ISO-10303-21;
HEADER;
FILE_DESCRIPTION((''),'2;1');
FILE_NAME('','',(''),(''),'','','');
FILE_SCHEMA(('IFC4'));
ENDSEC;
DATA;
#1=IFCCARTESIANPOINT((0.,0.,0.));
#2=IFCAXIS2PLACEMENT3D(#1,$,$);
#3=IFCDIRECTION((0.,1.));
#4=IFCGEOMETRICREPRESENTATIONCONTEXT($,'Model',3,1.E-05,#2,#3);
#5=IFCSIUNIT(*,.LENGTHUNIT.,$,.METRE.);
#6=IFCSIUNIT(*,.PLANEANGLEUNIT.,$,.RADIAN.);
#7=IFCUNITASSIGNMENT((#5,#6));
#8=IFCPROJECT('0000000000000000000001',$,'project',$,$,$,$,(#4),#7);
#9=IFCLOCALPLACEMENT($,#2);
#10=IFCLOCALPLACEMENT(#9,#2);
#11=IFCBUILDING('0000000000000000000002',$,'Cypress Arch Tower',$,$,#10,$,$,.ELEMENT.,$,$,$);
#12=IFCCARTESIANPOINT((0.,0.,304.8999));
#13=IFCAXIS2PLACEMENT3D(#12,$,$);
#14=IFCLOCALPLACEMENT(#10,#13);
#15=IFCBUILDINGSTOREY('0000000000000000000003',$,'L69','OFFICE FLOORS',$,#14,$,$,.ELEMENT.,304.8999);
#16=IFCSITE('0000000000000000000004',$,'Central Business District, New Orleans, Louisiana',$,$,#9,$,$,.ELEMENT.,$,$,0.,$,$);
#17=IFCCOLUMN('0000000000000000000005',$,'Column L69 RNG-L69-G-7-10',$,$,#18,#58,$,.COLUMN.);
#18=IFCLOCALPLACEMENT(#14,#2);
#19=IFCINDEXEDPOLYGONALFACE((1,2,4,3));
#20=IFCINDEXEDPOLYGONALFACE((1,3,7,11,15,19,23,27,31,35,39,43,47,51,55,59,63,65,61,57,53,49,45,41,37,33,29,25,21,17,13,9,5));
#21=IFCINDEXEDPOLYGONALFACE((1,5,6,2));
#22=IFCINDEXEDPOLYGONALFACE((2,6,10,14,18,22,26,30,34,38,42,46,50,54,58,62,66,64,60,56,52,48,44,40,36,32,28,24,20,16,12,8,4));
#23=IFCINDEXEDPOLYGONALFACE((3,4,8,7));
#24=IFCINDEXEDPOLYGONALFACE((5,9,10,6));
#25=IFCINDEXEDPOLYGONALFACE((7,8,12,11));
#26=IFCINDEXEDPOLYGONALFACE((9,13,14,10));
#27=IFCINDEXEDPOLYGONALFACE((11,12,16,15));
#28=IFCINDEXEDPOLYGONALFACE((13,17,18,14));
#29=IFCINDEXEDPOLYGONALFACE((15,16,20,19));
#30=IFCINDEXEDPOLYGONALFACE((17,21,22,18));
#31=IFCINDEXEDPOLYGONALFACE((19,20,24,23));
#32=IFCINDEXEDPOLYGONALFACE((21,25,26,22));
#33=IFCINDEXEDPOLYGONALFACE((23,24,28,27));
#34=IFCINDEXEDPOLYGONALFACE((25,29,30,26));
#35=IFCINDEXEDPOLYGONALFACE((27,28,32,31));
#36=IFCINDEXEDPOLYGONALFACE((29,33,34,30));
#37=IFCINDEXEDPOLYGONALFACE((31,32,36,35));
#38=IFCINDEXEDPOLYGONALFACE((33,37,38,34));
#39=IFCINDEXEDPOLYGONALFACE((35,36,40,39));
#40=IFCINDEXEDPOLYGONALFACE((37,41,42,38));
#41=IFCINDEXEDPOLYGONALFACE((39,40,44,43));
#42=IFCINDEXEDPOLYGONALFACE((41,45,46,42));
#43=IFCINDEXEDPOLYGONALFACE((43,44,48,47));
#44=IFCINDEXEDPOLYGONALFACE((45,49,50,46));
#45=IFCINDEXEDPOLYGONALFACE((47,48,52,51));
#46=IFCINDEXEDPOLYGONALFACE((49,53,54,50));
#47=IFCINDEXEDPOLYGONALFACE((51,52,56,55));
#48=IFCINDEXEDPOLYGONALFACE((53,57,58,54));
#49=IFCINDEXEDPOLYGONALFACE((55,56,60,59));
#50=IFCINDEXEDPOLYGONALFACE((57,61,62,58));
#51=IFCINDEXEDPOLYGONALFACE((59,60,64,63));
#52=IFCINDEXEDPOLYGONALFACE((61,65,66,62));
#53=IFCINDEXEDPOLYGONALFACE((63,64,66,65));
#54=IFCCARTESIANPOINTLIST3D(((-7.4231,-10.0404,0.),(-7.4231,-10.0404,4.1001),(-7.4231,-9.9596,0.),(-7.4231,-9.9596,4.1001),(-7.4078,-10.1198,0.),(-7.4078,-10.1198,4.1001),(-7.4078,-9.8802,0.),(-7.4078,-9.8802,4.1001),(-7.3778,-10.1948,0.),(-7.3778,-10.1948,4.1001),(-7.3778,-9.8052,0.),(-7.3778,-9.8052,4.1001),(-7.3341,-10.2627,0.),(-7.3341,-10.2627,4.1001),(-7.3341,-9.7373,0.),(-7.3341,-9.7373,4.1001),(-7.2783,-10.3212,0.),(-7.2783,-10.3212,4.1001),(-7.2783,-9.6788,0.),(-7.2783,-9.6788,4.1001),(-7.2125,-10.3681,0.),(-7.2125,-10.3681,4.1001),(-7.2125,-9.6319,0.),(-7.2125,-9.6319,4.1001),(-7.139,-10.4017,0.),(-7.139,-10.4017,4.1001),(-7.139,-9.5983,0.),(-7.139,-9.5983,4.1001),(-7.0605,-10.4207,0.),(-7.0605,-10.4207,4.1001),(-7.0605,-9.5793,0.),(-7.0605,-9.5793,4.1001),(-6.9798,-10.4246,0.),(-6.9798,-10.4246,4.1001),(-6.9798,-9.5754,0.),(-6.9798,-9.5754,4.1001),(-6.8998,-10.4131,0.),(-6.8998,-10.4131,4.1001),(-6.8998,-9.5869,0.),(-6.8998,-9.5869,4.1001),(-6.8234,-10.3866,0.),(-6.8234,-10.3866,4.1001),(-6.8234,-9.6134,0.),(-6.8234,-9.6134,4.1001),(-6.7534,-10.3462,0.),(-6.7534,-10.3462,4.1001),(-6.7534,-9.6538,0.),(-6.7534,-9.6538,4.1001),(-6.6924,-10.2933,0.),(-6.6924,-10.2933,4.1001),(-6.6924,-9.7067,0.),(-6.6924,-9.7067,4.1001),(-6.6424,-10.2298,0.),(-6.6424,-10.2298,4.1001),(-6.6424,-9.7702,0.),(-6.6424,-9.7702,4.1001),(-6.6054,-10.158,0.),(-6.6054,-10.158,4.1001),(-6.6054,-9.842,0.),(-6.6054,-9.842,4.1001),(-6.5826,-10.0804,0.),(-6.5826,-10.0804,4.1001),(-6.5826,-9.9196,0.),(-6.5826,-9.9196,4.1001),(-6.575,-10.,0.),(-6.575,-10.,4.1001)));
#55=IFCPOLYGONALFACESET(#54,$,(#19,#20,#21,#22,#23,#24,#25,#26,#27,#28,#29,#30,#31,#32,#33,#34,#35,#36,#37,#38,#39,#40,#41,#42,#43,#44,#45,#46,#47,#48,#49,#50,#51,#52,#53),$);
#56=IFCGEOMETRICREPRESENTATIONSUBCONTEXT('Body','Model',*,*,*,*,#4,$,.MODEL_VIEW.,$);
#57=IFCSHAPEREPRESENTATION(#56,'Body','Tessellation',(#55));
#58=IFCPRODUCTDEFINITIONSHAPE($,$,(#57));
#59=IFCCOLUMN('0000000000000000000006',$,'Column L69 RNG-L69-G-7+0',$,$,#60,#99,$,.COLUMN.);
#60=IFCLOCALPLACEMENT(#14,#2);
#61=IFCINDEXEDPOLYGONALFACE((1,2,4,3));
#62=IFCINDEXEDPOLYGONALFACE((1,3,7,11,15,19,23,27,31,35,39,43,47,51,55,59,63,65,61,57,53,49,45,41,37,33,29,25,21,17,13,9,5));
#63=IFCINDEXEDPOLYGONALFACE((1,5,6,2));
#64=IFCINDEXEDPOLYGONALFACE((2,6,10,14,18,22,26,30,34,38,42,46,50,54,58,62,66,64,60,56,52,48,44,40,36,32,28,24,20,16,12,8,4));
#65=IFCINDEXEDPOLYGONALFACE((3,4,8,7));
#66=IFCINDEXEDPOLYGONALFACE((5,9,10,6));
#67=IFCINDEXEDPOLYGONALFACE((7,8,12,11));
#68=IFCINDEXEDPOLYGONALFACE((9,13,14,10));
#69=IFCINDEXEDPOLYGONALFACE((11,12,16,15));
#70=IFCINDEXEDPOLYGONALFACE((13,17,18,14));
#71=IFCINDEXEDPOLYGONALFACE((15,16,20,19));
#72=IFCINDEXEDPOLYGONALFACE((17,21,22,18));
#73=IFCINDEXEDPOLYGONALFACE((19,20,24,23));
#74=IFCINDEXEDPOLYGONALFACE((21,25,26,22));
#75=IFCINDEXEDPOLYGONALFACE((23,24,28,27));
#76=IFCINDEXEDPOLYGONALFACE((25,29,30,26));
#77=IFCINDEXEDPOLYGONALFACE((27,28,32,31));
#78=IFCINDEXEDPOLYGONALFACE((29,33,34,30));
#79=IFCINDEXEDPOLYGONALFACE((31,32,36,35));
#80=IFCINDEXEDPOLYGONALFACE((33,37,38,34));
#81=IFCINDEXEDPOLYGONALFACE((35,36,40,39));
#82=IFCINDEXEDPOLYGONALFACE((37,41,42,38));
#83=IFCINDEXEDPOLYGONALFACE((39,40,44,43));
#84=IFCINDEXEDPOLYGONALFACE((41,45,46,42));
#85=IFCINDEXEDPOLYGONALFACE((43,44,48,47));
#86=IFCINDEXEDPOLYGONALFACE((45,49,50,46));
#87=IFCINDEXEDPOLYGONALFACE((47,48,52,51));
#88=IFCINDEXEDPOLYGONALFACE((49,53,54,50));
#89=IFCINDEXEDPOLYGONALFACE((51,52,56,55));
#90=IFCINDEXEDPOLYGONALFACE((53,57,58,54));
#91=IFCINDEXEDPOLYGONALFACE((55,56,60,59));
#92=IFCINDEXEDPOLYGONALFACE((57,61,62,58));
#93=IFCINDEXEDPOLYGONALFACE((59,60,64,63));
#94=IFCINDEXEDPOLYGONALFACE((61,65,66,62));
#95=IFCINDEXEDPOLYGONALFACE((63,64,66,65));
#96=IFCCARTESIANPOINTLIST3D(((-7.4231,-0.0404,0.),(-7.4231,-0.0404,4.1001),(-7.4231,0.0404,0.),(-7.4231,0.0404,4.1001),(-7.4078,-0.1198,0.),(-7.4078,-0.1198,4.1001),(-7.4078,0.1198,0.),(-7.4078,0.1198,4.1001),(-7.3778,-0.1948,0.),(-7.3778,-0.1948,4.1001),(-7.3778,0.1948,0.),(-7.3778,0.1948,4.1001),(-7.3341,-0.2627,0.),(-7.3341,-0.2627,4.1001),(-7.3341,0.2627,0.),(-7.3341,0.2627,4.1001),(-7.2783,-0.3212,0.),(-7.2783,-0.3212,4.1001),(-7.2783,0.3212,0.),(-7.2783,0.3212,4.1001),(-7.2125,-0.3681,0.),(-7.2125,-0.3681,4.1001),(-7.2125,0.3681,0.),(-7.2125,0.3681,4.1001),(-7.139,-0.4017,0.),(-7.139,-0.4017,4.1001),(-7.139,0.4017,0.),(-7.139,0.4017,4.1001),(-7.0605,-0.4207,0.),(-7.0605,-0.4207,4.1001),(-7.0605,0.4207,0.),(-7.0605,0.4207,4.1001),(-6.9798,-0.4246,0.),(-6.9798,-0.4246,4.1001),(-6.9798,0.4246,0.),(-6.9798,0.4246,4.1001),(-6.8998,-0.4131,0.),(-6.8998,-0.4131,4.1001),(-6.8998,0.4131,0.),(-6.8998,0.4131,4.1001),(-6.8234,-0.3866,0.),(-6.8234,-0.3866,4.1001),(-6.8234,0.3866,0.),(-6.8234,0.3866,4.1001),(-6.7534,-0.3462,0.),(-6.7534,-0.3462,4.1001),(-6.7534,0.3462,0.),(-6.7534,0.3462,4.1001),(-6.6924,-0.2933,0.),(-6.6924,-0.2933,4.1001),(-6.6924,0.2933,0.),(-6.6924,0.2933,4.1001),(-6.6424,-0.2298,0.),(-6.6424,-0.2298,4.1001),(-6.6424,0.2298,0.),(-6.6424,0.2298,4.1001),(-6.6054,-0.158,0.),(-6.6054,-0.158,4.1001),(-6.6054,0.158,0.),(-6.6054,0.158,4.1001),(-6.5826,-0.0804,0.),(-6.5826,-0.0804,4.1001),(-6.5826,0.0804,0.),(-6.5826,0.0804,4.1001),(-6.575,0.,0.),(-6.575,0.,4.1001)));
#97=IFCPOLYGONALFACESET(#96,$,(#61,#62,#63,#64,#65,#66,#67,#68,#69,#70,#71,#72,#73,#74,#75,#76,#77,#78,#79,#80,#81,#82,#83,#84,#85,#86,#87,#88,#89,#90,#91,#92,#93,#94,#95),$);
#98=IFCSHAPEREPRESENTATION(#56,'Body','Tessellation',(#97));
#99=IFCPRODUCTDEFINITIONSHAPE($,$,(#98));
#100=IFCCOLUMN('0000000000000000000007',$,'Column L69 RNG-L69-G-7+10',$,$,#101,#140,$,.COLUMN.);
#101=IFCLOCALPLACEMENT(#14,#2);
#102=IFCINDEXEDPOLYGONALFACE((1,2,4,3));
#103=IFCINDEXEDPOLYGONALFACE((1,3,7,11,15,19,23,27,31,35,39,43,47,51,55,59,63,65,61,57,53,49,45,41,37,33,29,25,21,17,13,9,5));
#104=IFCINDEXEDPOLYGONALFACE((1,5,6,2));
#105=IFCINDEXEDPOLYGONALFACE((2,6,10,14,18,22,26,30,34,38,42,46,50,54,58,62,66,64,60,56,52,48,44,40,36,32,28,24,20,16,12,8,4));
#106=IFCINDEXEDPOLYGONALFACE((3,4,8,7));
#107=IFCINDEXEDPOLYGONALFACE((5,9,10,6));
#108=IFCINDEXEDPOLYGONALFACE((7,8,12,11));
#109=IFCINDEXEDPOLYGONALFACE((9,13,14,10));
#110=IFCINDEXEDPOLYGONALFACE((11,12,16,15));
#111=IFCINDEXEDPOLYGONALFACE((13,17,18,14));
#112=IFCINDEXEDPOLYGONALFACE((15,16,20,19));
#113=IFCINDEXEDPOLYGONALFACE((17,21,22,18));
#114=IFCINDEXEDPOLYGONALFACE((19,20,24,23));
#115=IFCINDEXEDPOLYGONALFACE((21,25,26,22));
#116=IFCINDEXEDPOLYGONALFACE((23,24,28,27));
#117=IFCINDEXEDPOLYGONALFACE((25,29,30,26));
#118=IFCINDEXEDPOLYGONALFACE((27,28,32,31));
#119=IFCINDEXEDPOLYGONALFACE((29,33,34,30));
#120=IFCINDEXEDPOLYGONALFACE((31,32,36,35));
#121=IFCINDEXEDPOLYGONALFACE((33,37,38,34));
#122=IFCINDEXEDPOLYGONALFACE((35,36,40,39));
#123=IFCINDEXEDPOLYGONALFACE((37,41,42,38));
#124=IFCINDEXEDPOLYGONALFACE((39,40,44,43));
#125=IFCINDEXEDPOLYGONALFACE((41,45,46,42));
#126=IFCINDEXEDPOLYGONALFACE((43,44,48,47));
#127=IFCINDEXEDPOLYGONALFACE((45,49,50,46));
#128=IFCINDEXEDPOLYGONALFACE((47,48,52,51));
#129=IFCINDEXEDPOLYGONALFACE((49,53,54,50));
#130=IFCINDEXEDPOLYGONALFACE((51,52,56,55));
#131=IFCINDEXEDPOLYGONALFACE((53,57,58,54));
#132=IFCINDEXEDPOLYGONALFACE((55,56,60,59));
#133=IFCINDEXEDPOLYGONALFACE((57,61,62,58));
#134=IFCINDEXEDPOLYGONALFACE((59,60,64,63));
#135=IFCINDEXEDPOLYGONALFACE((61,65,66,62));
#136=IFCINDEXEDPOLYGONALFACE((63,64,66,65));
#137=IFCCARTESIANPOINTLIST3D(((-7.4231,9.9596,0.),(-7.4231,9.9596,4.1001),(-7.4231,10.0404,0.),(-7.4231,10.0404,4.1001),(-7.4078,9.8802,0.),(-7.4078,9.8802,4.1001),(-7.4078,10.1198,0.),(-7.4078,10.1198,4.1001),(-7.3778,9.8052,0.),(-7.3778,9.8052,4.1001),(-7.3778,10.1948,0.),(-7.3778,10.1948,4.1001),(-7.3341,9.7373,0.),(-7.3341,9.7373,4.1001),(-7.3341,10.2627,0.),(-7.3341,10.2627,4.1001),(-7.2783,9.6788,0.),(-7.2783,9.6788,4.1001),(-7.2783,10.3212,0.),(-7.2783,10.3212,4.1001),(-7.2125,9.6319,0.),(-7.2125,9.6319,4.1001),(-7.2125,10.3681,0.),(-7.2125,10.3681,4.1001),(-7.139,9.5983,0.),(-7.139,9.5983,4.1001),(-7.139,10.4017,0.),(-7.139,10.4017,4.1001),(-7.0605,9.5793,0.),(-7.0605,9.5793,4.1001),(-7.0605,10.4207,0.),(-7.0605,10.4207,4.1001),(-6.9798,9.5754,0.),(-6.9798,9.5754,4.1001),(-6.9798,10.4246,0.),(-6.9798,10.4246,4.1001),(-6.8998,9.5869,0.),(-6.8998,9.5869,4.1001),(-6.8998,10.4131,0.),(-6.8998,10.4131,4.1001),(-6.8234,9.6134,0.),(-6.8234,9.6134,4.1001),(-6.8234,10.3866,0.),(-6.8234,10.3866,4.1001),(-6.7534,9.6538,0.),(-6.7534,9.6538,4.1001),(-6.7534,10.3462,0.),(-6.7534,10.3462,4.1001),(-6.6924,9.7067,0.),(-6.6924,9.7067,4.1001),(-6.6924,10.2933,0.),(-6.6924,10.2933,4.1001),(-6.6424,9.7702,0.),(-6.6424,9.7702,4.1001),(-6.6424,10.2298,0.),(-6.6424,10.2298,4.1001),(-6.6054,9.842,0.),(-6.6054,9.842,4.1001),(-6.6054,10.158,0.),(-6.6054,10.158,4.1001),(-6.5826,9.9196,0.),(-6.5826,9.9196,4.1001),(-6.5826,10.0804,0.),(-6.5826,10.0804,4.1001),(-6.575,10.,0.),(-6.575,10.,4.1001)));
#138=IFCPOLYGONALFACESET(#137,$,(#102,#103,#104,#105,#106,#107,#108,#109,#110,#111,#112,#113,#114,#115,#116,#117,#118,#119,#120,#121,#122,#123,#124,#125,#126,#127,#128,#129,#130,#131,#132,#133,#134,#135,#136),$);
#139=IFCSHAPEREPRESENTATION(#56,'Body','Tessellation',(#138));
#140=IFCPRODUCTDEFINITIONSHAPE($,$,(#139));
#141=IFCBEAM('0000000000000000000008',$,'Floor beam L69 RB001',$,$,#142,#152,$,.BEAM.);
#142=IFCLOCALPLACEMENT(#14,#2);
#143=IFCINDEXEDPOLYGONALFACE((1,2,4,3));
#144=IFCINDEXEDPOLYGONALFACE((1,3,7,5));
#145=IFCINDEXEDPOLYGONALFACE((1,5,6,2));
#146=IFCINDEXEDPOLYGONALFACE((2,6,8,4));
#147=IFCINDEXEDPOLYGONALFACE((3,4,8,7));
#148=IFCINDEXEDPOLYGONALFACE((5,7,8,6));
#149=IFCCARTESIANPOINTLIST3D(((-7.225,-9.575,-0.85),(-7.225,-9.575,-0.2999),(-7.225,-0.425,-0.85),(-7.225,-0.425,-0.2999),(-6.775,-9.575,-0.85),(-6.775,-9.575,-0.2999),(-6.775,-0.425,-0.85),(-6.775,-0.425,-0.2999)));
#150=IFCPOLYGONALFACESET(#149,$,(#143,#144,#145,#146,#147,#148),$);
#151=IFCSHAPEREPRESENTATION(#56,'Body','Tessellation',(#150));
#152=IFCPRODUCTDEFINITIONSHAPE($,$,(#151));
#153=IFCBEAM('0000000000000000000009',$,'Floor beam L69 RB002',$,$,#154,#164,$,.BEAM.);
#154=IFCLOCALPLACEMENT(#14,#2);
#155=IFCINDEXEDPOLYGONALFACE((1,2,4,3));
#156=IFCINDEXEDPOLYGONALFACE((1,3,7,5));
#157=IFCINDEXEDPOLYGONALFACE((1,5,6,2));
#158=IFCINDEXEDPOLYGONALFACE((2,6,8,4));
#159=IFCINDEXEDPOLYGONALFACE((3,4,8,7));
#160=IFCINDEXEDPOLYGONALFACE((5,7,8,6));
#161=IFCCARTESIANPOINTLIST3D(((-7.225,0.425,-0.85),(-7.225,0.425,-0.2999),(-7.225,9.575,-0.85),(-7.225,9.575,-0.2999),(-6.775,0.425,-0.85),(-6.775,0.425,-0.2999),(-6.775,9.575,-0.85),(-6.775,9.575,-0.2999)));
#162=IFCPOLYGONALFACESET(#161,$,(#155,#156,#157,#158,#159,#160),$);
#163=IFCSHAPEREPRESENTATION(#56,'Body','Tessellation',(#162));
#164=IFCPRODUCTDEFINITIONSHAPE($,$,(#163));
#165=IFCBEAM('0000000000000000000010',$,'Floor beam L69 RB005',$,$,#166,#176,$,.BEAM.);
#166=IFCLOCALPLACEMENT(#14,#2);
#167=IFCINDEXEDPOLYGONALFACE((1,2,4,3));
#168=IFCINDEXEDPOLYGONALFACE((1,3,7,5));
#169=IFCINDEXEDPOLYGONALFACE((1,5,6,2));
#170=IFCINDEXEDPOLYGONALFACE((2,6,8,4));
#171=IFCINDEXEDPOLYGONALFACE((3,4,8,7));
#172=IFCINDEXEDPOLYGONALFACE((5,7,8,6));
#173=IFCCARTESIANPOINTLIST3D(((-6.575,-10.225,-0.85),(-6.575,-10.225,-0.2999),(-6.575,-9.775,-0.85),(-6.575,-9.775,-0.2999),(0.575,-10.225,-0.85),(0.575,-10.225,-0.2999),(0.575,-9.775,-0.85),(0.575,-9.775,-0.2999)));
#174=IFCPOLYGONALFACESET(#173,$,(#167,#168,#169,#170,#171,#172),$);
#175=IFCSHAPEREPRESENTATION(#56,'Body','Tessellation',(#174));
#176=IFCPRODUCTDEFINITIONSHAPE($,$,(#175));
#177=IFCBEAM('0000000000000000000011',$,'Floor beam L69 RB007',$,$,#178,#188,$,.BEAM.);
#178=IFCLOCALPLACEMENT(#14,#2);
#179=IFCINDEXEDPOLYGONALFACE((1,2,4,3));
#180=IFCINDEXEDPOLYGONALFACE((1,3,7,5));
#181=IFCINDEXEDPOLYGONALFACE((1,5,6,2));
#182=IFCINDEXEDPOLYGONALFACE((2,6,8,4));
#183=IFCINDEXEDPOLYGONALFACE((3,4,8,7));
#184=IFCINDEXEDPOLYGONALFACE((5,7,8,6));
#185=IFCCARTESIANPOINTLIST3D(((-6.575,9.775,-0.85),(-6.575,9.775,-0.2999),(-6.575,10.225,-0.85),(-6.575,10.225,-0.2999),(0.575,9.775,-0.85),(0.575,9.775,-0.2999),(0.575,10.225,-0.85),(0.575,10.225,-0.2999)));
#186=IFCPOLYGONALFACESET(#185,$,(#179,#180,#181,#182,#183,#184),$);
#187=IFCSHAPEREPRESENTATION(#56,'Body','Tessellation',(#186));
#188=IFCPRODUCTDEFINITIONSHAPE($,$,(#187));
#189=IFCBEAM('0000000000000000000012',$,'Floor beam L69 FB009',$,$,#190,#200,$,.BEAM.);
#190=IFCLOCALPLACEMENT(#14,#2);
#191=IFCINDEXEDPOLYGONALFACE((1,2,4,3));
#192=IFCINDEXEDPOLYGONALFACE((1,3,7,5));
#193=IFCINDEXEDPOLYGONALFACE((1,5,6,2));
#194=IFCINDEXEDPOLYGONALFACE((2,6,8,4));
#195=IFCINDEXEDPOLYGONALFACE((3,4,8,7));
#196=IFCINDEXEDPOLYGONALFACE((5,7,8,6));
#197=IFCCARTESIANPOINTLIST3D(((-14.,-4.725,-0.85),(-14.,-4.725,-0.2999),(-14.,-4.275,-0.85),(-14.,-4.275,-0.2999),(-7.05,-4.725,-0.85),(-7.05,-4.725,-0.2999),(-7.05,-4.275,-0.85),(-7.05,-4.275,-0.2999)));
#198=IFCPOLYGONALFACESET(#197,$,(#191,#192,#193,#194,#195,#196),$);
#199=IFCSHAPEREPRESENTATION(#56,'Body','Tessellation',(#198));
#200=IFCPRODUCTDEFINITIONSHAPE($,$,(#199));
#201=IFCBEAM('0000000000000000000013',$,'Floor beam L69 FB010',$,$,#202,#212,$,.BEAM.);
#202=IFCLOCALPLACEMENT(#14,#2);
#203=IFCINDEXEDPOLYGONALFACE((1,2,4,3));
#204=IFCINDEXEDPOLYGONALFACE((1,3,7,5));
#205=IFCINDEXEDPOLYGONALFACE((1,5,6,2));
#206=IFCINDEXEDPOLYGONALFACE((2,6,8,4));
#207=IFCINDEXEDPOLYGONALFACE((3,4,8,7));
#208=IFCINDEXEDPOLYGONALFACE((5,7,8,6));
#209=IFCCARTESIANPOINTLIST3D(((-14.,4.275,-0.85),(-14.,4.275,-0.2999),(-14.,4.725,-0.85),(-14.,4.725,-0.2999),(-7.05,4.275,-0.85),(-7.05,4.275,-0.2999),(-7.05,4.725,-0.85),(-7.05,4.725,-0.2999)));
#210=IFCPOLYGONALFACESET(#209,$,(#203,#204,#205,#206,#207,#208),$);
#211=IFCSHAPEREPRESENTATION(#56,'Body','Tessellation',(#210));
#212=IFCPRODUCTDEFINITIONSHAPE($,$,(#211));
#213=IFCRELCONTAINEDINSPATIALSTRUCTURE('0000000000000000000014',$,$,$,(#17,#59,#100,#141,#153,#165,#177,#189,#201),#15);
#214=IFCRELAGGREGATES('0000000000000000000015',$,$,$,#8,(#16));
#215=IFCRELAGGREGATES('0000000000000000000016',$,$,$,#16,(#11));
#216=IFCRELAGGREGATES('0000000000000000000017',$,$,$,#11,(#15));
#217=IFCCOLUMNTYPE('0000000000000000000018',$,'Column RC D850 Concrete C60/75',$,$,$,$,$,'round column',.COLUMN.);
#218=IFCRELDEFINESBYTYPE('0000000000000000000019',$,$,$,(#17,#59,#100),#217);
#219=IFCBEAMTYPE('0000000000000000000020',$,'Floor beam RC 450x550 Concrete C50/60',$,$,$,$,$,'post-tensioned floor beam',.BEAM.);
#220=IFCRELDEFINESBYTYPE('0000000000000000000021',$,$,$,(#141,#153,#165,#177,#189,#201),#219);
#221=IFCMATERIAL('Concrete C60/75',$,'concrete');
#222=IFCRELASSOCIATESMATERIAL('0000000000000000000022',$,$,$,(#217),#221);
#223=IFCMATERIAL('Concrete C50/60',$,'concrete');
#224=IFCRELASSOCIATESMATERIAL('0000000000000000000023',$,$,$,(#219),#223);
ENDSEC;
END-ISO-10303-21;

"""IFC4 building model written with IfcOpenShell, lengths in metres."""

from ifc_helpers import new_model, si_unit, direction, frame, origin, origin_2d, place, context, subcontext, project, spatial, rectangle, circle, extrude, material, material_profile, profile_set, type_object, element, save


model = new_model("IFC4")

# Units and contexts
model_context = context("Model", 3, precision=1e-05, world=origin(), true_north=direction((0.0, 1.0)))
body_context = subcontext(model_context, "Body", "Model", "MODEL_VIEW")
ifc_project = project(units=[si_unit("LENGTHUNIT", "METRE"), si_unit("PLANEANGLEUNIT", "RADIAN")], contexts=[model_context])

# Site, building, storey
site_placement = place(None, origin())
site = spatial("IfcSite", under=ifc_project, at=site_placement, Name="Central Business District, New Orleans, Louisiana", CompositionType="ELEMENT", RefElevation=0.0)
building_placement = place(site_placement, origin())
building = spatial("IfcBuilding", under=site, at=building_placement, Name="Cypress Arch Tower", CompositionType="ELEMENT")
storey_placement = place(building_placement, frame((0.0, 0.0, 304.8999)))
storey = spatial("IfcBuildingStorey", under=building, at=storey_placement, Name="L69", Description="OFFICE FLOORS", CompositionType="ELEMENT", Elevation=304.8999)

# Columns
ifc_material_1 = material(Name="Concrete C60/75", Category="concrete")
ifc_material_profile_1 = material_profile(ifc_material_1, circle(Radius=0.425, at=origin_2d()), Name="RC D850")
ifc_profile_set_1 = profile_set([ifc_material_profile_1], Name="Concrete C60/75")
column_type = type_object("IfcColumnType", Name="Column RC D850 Concrete C60/75", ElementType="round column", PredefinedType="COLUMN", material=ifc_profile_set_1)
for number, where, z_axis, x_axis, name in (
    (1, (-7.0, -10.0, 0.0), (0.0, 0.0, 1.0), (1.0, 0.0, 0.0), "Column L69 RNG-L69-G-7-10"),
    (2, (-7.0, 0.0, 0.0), (0.0, 0.0, 1.0), (1.0, 0.0, 0.0), "Column L69 RNG-L69-G-7+0"),
    (3, (-7.0, 10.0, 0.0), (0.0, 0.0, 1.0), (1.0, 0.0, 0.0), "Column L69 RNG-L69-G-7+10"),
):
    element("IfcColumn", number, at=place(storey_placement, frame(where, z_axis=z_axis, x_axis=x_axis)), inside=storey, type_object=column_type, Name=name, PredefinedType="COLUMN", context=body_context, shape_type="SweptSolid", body=[
        extrude(circle(Radius=0.425, at=origin_2d()), origin(), (0.0, 0.0, 1.0), 4.1001),
    ])

# Beams
ifc_material_2 = material(Name="Concrete C50/60", Category="concrete")
ifc_material_profile_2 = material_profile(ifc_material_2, rectangle(XDim=0.45, YDim=0.55, at=origin_2d()), Name="RC 450x550")
ifc_profile_set_2 = profile_set([ifc_material_profile_2], Name="Concrete C50/60")
beam_type = type_object("IfcBeamType", Name="Floor beam RC 450x550 Concrete C50/60", ElementType="post-tensioned floor beam", PredefinedType="BEAM", material=ifc_profile_set_2)
for number, where, z_axis, x_axis, name in (
    (4, (-7.0, -9.575, -0.575), (0.0, 1.0, 0.0), (-1.0, 0.0, 0.0), "Floor beam L69 RB001"),
    (5, (-7.0, 0.425, -0.575), (0.0, 1.0, 0.0), (-1.0, 0.0, 0.0), "Floor beam L69 RB002"),
):
    element("IfcBeam", number, at=place(storey_placement, frame(where, z_axis=z_axis, x_axis=x_axis)), inside=storey, type_object=beam_type, Name=name, PredefinedType="BEAM", context=body_context, shape_type="SweptSolid", body=[
        extrude(rectangle(XDim=0.45, YDim=0.55, at=origin_2d()), origin(), (0.0, 0.0, 1.0), 9.1499),
    ])
for number, where, z_axis, x_axis, name in (
    (6, (-6.575, -10.0, -0.575), (1.0, 0.0, 0.0), (0.0, 1.0, 0.0), "Floor beam L69 RB005"),
    (7, (-6.575, 10.0, -0.575), (1.0, 0.0, 0.0), (0.0, 1.0, 0.0), "Floor beam L69 RB007"),
):
    element("IfcBeam", number, at=place(storey_placement, frame(where, z_axis=z_axis, x_axis=x_axis)), inside=storey, type_object=beam_type, Name=name, PredefinedType="BEAM", context=body_context, shape_type="SweptSolid", body=[
        extrude(rectangle(XDim=0.45, YDim=0.55, at=origin_2d()), origin(), (0.0, 0.0, 1.0), 7.1499),
    ])
for number, where, z_axis, x_axis, name in (
    (8, (-14.0, -4.5, -0.575), (1.0, 0.0, 0.0), (0.0, 1.0, 0.0), "Floor beam L69 FB009"),
    (9, (-14.0, 4.5, -0.575), (1.0, 0.0, 0.0), (0.0, 1.0, 0.0), "Floor beam L69 FB010"),
):
    element("IfcBeam", number, at=place(storey_placement, frame(where, z_axis=z_axis, x_axis=x_axis)), inside=storey, type_object=beam_type, Name=name, PredefinedType="BEAM", context=body_context, shape_type="SweptSolid", body=[
        extrude(rectangle(XDim=0.45, YDim=0.55, at=origin_2d()), origin(), (0.0, 0.0, 1.0), 6.95),
    ])

save(model, "model.ifc")
